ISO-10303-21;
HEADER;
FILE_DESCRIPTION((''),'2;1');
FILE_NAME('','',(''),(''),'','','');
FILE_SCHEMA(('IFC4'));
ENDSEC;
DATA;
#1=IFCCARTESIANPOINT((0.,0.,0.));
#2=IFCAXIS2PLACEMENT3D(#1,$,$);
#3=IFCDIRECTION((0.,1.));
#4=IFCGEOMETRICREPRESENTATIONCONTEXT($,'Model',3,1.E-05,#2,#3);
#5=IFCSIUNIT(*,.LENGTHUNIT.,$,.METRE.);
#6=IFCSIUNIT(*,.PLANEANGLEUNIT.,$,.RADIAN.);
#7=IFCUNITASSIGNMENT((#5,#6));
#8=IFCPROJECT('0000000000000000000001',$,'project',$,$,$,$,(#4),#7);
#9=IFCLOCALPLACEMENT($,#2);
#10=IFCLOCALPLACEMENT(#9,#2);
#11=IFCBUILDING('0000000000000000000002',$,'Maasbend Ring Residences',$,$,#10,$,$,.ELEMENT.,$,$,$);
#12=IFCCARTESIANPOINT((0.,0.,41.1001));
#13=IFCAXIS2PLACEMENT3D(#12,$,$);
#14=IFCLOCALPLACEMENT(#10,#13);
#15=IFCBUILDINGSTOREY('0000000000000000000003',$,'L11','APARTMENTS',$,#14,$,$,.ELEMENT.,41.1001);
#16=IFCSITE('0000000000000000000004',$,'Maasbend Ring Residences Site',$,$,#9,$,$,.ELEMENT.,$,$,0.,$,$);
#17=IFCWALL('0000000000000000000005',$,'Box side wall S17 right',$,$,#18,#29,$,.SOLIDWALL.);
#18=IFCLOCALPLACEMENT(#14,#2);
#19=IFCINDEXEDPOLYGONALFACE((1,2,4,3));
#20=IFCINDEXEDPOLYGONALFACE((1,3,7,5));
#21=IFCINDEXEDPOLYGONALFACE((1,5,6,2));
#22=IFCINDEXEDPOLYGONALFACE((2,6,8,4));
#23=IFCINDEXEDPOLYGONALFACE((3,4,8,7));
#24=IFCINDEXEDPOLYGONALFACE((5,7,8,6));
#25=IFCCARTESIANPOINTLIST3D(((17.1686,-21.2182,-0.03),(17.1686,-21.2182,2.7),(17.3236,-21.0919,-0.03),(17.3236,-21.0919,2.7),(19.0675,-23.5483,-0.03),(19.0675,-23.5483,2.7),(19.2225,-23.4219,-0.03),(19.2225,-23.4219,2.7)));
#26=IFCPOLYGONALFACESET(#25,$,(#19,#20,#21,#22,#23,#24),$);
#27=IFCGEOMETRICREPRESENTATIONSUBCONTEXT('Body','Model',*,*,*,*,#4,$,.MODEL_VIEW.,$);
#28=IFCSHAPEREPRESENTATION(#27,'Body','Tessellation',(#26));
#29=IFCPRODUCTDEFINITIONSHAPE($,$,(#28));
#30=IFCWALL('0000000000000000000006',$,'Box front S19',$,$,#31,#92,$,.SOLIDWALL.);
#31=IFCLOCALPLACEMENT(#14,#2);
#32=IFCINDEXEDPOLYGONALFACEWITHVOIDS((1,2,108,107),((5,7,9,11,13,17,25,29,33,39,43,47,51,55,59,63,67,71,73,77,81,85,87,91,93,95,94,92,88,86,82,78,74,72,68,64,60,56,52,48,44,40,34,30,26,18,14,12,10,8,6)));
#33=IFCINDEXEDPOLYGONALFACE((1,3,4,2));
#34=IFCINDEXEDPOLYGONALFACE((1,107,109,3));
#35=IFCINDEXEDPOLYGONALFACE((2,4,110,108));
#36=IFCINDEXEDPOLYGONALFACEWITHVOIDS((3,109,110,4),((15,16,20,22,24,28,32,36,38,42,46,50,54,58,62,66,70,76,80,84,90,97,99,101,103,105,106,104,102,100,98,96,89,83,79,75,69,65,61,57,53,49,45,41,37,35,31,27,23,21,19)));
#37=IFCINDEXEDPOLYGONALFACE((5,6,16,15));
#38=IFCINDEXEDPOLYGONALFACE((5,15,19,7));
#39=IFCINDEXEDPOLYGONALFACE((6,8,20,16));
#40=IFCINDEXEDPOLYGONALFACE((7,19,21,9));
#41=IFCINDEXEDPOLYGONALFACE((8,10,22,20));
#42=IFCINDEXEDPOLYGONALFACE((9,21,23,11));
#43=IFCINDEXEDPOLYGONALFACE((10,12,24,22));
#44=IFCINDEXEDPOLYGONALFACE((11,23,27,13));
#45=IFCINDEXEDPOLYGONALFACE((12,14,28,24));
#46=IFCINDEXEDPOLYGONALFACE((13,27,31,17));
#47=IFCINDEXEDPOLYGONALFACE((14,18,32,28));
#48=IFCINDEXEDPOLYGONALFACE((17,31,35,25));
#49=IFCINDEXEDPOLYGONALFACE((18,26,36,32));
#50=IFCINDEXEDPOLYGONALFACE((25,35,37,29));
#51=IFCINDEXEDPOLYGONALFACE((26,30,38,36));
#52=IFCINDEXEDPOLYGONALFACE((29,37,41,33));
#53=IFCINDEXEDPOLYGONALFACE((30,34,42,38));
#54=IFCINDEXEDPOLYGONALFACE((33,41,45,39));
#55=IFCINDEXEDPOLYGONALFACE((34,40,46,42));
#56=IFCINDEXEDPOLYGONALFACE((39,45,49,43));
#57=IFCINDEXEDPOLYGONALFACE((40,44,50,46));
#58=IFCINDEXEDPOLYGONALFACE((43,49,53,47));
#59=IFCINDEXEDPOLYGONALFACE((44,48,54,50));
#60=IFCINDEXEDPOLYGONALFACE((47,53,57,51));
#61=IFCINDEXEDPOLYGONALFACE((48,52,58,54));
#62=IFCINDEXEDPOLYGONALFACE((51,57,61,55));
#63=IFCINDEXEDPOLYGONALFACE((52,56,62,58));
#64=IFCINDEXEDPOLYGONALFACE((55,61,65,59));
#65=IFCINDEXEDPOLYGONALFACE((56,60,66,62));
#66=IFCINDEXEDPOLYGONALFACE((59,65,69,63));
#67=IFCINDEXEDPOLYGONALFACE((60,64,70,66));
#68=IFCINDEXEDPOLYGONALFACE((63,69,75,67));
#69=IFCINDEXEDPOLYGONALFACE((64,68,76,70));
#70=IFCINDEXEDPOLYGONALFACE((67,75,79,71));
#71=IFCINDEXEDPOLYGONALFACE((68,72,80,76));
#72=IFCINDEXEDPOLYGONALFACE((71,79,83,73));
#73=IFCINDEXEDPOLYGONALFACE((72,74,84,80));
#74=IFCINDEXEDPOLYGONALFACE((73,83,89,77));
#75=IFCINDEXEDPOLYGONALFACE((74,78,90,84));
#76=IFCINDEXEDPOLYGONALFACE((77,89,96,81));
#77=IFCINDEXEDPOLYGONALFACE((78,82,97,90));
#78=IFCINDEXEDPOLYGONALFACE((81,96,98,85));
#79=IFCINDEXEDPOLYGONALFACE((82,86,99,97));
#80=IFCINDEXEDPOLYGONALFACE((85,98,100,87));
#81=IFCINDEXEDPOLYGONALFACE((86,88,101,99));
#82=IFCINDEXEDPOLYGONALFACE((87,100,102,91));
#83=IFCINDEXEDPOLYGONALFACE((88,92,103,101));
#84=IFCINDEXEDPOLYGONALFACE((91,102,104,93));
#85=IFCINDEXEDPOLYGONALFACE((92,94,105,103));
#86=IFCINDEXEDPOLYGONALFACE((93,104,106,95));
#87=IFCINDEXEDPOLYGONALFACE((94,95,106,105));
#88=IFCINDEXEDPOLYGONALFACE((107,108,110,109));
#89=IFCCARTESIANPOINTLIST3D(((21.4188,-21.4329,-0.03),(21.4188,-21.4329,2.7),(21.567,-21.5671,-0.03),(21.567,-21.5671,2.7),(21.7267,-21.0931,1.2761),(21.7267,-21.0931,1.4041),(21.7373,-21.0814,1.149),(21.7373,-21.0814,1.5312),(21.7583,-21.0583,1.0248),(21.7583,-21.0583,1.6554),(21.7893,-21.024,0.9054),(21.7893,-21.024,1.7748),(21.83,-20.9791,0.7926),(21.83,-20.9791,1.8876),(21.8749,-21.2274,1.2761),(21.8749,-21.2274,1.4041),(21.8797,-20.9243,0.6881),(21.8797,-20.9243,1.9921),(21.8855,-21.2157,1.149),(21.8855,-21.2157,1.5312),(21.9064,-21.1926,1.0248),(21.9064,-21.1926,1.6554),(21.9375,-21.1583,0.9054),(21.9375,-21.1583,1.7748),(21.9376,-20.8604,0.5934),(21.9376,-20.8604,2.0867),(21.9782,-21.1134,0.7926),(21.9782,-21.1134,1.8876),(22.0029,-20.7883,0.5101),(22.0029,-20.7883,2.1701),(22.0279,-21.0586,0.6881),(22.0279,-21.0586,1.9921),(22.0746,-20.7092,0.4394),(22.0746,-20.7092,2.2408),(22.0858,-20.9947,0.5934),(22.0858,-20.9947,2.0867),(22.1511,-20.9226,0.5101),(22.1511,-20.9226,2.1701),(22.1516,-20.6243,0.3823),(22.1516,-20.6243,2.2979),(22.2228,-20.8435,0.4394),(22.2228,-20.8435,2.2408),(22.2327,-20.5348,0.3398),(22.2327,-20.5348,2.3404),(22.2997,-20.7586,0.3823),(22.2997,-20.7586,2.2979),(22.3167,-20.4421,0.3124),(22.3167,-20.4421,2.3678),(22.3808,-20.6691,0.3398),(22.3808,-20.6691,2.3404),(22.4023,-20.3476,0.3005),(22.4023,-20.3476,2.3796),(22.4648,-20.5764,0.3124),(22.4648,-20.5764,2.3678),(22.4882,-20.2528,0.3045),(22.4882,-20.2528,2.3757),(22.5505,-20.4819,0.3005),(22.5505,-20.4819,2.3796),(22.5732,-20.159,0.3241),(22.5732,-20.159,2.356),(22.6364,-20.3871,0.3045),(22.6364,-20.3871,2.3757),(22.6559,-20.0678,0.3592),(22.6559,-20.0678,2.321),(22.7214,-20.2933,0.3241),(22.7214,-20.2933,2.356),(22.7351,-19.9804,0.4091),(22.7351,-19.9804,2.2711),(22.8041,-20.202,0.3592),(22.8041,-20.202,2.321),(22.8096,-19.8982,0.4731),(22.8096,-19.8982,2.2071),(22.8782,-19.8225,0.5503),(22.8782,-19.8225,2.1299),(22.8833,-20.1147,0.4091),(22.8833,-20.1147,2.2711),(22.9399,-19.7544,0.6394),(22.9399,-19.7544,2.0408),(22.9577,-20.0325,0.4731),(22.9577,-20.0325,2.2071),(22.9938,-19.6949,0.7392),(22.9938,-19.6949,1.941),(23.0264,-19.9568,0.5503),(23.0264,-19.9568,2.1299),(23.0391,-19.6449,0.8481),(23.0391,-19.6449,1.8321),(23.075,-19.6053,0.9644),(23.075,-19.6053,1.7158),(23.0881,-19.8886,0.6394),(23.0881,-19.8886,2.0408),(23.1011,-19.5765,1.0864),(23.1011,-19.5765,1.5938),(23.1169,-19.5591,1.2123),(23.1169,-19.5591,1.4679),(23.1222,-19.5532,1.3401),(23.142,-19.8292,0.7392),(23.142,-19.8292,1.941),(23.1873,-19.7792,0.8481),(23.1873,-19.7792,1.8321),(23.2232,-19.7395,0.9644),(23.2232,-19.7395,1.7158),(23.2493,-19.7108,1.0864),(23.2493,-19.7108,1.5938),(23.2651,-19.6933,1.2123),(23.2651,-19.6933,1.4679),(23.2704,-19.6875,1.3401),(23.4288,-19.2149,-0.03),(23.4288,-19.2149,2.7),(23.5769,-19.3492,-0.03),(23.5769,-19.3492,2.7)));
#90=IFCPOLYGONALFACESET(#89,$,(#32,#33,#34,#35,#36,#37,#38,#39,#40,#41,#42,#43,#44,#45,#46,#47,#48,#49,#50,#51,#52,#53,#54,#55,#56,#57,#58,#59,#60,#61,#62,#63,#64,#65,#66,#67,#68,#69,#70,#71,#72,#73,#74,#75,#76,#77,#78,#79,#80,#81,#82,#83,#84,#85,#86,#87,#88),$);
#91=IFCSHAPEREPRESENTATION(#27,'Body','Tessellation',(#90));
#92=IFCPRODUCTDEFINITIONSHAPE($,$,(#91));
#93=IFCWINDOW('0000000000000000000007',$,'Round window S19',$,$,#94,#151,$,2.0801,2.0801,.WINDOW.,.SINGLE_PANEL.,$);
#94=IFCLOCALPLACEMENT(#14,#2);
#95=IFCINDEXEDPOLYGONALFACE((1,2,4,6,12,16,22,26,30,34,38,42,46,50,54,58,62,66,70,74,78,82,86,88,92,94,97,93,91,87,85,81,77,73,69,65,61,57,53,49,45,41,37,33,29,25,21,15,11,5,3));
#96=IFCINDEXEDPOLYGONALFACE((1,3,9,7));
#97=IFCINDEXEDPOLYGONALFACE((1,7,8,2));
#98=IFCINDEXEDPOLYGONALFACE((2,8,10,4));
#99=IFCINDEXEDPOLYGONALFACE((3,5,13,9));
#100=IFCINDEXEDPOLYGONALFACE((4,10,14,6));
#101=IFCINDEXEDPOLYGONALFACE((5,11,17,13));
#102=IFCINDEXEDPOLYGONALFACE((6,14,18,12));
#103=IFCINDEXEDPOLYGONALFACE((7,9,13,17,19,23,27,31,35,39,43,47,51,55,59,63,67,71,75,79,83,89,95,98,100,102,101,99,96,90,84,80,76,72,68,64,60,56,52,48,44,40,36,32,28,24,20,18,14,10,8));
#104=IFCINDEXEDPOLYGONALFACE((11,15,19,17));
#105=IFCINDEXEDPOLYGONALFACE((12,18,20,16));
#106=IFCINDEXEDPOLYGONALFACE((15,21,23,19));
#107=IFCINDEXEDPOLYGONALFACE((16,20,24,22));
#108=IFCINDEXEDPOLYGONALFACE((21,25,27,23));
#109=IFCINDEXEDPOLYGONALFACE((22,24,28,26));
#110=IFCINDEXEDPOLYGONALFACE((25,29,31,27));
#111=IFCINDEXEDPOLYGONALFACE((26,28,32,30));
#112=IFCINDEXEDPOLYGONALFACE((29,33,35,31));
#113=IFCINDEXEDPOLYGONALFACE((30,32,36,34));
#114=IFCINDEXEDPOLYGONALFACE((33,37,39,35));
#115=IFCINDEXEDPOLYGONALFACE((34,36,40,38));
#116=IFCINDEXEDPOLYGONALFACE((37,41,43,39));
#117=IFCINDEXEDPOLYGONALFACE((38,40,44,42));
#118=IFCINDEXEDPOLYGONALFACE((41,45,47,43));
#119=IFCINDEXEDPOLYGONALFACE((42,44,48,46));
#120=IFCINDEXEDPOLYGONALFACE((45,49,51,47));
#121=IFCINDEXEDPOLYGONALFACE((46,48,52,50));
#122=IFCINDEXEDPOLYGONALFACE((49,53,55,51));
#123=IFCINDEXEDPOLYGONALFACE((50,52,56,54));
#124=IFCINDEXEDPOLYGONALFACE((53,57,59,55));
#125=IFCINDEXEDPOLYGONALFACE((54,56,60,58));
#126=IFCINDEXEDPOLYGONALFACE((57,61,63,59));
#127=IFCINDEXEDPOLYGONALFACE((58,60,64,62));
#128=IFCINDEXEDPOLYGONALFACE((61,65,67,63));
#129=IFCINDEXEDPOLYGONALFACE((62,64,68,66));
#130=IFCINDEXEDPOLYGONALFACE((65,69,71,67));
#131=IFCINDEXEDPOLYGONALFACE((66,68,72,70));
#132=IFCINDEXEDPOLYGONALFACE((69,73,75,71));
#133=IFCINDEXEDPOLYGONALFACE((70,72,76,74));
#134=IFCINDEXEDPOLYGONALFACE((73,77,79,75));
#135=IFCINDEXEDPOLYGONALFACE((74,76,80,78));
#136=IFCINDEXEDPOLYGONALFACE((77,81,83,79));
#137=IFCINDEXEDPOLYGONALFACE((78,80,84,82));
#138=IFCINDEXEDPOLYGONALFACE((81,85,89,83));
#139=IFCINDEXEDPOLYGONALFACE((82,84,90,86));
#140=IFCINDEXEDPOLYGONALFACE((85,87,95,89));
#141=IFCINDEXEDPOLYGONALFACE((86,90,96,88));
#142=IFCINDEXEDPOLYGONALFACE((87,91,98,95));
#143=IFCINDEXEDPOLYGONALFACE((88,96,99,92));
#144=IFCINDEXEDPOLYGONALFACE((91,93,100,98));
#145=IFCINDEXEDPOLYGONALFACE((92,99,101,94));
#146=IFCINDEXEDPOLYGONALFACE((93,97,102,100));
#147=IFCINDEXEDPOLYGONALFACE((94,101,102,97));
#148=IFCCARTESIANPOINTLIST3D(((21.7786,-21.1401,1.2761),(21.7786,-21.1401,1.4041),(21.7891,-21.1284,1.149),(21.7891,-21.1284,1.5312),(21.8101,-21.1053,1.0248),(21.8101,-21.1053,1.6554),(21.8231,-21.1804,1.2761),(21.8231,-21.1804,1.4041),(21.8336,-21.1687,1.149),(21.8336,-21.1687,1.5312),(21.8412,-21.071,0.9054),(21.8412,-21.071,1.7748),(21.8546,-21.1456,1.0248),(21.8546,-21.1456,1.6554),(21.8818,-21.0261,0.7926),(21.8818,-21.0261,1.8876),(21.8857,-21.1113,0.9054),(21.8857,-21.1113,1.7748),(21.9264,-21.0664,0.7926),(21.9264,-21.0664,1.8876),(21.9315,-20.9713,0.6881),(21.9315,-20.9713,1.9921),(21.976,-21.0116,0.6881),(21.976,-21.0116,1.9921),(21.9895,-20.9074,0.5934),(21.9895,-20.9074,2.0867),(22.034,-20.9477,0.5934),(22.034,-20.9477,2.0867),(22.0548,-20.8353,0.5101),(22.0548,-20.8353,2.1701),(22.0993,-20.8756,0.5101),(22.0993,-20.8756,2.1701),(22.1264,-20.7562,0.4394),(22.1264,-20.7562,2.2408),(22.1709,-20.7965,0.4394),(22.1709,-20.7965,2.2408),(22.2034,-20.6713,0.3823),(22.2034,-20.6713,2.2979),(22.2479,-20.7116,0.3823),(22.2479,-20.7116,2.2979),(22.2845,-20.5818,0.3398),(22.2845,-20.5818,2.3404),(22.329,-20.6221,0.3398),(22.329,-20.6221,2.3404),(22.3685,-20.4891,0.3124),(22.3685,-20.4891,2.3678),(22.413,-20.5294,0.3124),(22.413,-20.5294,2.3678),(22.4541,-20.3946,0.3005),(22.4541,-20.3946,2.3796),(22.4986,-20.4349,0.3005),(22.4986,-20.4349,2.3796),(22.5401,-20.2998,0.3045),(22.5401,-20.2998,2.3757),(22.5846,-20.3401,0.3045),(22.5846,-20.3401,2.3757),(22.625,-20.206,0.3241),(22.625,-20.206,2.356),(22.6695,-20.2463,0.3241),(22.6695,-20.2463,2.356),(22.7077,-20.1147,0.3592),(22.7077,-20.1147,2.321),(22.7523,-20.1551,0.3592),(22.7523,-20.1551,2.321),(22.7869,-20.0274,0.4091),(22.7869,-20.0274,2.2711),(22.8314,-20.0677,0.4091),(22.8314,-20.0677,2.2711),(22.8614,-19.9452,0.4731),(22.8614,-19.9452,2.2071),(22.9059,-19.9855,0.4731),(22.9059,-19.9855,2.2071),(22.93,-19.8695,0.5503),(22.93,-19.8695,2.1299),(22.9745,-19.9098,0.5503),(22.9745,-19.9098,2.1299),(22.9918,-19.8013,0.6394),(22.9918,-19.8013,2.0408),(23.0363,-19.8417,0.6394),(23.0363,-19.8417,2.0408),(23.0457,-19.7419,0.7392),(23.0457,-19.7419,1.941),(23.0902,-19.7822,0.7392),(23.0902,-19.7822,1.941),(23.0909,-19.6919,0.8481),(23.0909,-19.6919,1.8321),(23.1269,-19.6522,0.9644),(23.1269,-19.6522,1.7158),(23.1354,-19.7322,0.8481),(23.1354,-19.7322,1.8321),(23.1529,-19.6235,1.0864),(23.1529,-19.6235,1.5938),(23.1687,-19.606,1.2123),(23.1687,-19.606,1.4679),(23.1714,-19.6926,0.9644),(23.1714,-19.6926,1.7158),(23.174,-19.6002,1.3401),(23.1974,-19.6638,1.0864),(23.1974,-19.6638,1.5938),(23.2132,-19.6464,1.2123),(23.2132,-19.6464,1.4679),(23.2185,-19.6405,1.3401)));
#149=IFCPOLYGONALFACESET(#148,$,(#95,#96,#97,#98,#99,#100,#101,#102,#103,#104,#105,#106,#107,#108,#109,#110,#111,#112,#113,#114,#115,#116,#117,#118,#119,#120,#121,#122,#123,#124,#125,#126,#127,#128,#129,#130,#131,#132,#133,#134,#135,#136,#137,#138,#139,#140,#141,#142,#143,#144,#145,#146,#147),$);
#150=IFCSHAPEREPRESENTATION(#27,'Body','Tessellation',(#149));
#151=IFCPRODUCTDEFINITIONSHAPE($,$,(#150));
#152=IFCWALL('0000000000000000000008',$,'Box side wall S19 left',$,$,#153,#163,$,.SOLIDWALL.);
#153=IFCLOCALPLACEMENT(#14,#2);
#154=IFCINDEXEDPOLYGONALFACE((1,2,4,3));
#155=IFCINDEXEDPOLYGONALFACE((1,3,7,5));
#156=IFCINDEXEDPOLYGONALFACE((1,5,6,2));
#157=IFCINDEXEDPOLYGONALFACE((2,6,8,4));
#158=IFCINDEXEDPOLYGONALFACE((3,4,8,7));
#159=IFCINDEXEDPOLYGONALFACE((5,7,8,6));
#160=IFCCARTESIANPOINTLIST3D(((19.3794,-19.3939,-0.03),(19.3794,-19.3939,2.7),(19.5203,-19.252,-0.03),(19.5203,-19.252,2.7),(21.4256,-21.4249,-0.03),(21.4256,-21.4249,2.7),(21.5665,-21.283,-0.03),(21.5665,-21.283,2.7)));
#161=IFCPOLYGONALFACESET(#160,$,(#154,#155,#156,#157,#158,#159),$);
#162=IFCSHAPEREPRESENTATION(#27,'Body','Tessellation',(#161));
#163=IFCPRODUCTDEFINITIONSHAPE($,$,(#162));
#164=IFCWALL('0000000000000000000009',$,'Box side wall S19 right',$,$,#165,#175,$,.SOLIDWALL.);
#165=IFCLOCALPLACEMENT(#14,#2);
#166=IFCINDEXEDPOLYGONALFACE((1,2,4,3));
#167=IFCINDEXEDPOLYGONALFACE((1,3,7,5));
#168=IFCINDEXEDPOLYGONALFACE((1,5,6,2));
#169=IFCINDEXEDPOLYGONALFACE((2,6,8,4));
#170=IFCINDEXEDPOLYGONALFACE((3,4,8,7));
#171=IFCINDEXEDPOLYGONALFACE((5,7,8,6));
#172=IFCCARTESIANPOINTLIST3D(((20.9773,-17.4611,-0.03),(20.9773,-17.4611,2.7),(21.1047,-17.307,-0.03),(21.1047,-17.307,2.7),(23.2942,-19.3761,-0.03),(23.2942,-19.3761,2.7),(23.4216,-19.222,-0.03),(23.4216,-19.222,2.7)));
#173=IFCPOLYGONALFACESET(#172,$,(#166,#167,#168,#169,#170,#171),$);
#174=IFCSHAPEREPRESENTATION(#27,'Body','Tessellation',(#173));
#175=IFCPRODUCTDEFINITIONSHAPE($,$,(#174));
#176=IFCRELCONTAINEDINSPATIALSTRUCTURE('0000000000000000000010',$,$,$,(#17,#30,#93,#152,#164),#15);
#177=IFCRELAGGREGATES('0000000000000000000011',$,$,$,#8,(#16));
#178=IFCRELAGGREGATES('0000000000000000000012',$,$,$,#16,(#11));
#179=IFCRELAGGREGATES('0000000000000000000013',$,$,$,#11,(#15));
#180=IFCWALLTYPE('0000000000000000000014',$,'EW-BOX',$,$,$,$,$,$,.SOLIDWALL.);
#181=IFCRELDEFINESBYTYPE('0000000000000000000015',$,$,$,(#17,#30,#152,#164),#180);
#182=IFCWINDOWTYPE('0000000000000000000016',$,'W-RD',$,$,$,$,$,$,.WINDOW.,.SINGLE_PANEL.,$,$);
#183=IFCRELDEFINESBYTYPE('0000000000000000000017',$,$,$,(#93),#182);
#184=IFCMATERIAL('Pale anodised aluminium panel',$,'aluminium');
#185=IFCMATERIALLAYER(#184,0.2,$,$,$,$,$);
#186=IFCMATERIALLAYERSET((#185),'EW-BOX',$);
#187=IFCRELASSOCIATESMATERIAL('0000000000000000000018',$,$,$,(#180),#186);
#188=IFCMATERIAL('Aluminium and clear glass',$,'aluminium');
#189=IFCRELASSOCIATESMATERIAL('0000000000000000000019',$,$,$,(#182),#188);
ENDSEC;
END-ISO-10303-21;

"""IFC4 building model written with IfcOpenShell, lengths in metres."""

from ifc_helpers import new_model, si_unit, direction, frame, frame_2d, origin, place, context, subcontext, project, spatial, rectangle, circle, extrude, material, layer, layer_set, type_object, element, fill, save


model = new_model("IFC4")

# Units and contexts
model_context = context("Model", 3, precision=1e-05, world=origin(), true_north=direction((0.0, 1.0)))
body_context = subcontext(model_context, "Body", "Model", "MODEL_VIEW")
ifc_project = project(units=[si_unit("LENGTHUNIT", "METRE"), si_unit("PLANEANGLEUNIT", "RADIAN")], contexts=[model_context])

# Site, building, storey
site_placement = place(None, origin())
site = spatial("IfcSite", under=ifc_project, at=site_placement, Name="Maasbend Ring Residences Site", CompositionType="ELEMENT", RefElevation=0.0)
building_placement = place(site_placement, origin())
building = spatial("IfcBuilding", under=site, at=building_placement, Name="Maasbend Ring Residences", CompositionType="ELEMENT")
storey_placement = place(building_placement, frame((0.0, 0.0, 41.1001)))
storey = spatial("IfcBuildingStorey", under=building, at=storey_placement, Name="L11", Description="APARTMENTS", CompositionType="ELEMENT", Elevation=41.1001)

# Shared definitions
ifc_material_1 = material(Name="Pale anodised aluminium panel", Category="aluminium")
ifc_layer_1 = layer(ifc_material_1, 0.2)
ifc_layer_set_1 = layer_set([ifc_layer_1], Name="EW-BOX")
wall_type_1 = type_object("IfcWallType", Name="EW-BOX", PredefinedType="SOLIDWALL", material=ifc_layer_set_1)
ifc_material_2 = material(Name="Aluminium and clear glass", Category="aluminium")
window_type_1 = type_object("IfcWindowType", Name="W-RD", PartitioningType="SINGLE_PANEL", PredefinedType="WINDOW", material=ifc_material_2)

# Wall
wall_1_placement = place(storey_placement, frame((17.2461, -21.155, -0.03), z_axis=(0.0, 0.0, 1.0), x_axis=(0.631742, -0.775179, 0.0)))
element("IfcWall", 1, at=wall_1_placement, inside=storey, type_object=wall_type_1, Name="Box side wall S17 right", PredefinedType="SOLIDWALL", context=body_context, shape_type="SweptSolid", body=[
    extrude(rectangle(XDim=3.0059, YDim=0.2, at=frame_2d((1.5029, 0.0))), origin(), (0.0, 0.0, 1.0), 2.73),
])

# Wall, opening, window
wall_2_placement = place(storey_placement, frame((21.4929, -21.5, -0.03), z_axis=(0.0, 0.0, 1.0), x_axis=(0.671507, 0.740998, 0.0)))
wall_2 = element("IfcWall", 2, at=wall_2_placement, inside=storey, type_object=wall_type_1, Name="Box front S19", PredefinedType="SOLIDWALL", context=body_context, shape_type="SweptSolid", body=[
    extrude(rectangle(XDim=2.9932, YDim=0.2, at=frame_2d((1.4966, 0.0))), origin(), (0.0, 0.0, 1.0), 2.73),
])
opening_1_placement = place(wall_2_placement, frame((0.4565, 0.0, 0.3301)))
opening_1 = element("IfcOpeningElement", 3, at=opening_1_placement, cuts=wall_2, PredefinedType="OPENING", context=body_context, shape_type="SweptSolid", body=[
    extrude(circle(Radius=1.04, at=frame_2d((1.04, 1.04))), frame((0.0, 0.1099, 0.0), z_axis=(0.0, -1.0, 0.0), x_axis=(1.0, 0.0, 0.0)), (0.0, 0.0, 1.0), 0.22),
])
window_1_placement = place(opening_1_placement, origin())
window_1 = element("IfcWindow", 4, at=window_1_placement, inside=storey, type_object=window_type_1, Name="Round window S19", OverallHeight=2.0801, OverallWidth=2.0801, PartitioningType="SINGLE_PANEL", PredefinedType="WINDOW", context=body_context, shape_type="SweptSolid", body=[
    extrude(circle(Radius=1.04, at=frame_2d((1.04, 1.04))), frame((0.0, 0.03, 0.0), z_axis=(0.0, -1.0, 0.0), x_axis=(1.0, 0.0, 0.0)), (0.0, 0.0, 1.0), 0.0601),
])
fill(opening_1, window_1)

# Walls
wall_3_placement = place(storey_placement, frame((19.45, -19.323, -0.03), z_axis=(0.0, 0.0, 1.0), x_axis=(0.709727, -0.704477, 0.0)))
element("IfcWall", 5, at=wall_3_placement, inside=storey, type_object=wall_type_1, Name="Box side wall S19 left", PredefinedType="SOLIDWALL", context=body_context, shape_type="SweptSolid", body=[
    extrude(rectangle(XDim=2.8831, YDim=0.2, at=frame_2d((1.4414, 0.0))), origin(), (0.0, 0.0, 1.0), 2.73),
])
wall_4_placement = place(storey_placement, frame((21.041, -17.384, -0.03), z_axis=(0.0, 0.0, 1.0), x_axis=(0.770785, -0.637096, 0.0)))
element("IfcWall", 6, at=wall_4_placement, inside=storey, type_object=wall_type_1, Name="Box side wall S19 right", PredefinedType="SOLIDWALL", context=body_context, shape_type="SweptSolid", body=[
    extrude(rectangle(XDim=3.0059, YDim=0.2, at=frame_2d((1.5029, 0.0))), origin(), (0.0, 0.0, 1.0), 2.73),
])

save(model, "model.ifc")
